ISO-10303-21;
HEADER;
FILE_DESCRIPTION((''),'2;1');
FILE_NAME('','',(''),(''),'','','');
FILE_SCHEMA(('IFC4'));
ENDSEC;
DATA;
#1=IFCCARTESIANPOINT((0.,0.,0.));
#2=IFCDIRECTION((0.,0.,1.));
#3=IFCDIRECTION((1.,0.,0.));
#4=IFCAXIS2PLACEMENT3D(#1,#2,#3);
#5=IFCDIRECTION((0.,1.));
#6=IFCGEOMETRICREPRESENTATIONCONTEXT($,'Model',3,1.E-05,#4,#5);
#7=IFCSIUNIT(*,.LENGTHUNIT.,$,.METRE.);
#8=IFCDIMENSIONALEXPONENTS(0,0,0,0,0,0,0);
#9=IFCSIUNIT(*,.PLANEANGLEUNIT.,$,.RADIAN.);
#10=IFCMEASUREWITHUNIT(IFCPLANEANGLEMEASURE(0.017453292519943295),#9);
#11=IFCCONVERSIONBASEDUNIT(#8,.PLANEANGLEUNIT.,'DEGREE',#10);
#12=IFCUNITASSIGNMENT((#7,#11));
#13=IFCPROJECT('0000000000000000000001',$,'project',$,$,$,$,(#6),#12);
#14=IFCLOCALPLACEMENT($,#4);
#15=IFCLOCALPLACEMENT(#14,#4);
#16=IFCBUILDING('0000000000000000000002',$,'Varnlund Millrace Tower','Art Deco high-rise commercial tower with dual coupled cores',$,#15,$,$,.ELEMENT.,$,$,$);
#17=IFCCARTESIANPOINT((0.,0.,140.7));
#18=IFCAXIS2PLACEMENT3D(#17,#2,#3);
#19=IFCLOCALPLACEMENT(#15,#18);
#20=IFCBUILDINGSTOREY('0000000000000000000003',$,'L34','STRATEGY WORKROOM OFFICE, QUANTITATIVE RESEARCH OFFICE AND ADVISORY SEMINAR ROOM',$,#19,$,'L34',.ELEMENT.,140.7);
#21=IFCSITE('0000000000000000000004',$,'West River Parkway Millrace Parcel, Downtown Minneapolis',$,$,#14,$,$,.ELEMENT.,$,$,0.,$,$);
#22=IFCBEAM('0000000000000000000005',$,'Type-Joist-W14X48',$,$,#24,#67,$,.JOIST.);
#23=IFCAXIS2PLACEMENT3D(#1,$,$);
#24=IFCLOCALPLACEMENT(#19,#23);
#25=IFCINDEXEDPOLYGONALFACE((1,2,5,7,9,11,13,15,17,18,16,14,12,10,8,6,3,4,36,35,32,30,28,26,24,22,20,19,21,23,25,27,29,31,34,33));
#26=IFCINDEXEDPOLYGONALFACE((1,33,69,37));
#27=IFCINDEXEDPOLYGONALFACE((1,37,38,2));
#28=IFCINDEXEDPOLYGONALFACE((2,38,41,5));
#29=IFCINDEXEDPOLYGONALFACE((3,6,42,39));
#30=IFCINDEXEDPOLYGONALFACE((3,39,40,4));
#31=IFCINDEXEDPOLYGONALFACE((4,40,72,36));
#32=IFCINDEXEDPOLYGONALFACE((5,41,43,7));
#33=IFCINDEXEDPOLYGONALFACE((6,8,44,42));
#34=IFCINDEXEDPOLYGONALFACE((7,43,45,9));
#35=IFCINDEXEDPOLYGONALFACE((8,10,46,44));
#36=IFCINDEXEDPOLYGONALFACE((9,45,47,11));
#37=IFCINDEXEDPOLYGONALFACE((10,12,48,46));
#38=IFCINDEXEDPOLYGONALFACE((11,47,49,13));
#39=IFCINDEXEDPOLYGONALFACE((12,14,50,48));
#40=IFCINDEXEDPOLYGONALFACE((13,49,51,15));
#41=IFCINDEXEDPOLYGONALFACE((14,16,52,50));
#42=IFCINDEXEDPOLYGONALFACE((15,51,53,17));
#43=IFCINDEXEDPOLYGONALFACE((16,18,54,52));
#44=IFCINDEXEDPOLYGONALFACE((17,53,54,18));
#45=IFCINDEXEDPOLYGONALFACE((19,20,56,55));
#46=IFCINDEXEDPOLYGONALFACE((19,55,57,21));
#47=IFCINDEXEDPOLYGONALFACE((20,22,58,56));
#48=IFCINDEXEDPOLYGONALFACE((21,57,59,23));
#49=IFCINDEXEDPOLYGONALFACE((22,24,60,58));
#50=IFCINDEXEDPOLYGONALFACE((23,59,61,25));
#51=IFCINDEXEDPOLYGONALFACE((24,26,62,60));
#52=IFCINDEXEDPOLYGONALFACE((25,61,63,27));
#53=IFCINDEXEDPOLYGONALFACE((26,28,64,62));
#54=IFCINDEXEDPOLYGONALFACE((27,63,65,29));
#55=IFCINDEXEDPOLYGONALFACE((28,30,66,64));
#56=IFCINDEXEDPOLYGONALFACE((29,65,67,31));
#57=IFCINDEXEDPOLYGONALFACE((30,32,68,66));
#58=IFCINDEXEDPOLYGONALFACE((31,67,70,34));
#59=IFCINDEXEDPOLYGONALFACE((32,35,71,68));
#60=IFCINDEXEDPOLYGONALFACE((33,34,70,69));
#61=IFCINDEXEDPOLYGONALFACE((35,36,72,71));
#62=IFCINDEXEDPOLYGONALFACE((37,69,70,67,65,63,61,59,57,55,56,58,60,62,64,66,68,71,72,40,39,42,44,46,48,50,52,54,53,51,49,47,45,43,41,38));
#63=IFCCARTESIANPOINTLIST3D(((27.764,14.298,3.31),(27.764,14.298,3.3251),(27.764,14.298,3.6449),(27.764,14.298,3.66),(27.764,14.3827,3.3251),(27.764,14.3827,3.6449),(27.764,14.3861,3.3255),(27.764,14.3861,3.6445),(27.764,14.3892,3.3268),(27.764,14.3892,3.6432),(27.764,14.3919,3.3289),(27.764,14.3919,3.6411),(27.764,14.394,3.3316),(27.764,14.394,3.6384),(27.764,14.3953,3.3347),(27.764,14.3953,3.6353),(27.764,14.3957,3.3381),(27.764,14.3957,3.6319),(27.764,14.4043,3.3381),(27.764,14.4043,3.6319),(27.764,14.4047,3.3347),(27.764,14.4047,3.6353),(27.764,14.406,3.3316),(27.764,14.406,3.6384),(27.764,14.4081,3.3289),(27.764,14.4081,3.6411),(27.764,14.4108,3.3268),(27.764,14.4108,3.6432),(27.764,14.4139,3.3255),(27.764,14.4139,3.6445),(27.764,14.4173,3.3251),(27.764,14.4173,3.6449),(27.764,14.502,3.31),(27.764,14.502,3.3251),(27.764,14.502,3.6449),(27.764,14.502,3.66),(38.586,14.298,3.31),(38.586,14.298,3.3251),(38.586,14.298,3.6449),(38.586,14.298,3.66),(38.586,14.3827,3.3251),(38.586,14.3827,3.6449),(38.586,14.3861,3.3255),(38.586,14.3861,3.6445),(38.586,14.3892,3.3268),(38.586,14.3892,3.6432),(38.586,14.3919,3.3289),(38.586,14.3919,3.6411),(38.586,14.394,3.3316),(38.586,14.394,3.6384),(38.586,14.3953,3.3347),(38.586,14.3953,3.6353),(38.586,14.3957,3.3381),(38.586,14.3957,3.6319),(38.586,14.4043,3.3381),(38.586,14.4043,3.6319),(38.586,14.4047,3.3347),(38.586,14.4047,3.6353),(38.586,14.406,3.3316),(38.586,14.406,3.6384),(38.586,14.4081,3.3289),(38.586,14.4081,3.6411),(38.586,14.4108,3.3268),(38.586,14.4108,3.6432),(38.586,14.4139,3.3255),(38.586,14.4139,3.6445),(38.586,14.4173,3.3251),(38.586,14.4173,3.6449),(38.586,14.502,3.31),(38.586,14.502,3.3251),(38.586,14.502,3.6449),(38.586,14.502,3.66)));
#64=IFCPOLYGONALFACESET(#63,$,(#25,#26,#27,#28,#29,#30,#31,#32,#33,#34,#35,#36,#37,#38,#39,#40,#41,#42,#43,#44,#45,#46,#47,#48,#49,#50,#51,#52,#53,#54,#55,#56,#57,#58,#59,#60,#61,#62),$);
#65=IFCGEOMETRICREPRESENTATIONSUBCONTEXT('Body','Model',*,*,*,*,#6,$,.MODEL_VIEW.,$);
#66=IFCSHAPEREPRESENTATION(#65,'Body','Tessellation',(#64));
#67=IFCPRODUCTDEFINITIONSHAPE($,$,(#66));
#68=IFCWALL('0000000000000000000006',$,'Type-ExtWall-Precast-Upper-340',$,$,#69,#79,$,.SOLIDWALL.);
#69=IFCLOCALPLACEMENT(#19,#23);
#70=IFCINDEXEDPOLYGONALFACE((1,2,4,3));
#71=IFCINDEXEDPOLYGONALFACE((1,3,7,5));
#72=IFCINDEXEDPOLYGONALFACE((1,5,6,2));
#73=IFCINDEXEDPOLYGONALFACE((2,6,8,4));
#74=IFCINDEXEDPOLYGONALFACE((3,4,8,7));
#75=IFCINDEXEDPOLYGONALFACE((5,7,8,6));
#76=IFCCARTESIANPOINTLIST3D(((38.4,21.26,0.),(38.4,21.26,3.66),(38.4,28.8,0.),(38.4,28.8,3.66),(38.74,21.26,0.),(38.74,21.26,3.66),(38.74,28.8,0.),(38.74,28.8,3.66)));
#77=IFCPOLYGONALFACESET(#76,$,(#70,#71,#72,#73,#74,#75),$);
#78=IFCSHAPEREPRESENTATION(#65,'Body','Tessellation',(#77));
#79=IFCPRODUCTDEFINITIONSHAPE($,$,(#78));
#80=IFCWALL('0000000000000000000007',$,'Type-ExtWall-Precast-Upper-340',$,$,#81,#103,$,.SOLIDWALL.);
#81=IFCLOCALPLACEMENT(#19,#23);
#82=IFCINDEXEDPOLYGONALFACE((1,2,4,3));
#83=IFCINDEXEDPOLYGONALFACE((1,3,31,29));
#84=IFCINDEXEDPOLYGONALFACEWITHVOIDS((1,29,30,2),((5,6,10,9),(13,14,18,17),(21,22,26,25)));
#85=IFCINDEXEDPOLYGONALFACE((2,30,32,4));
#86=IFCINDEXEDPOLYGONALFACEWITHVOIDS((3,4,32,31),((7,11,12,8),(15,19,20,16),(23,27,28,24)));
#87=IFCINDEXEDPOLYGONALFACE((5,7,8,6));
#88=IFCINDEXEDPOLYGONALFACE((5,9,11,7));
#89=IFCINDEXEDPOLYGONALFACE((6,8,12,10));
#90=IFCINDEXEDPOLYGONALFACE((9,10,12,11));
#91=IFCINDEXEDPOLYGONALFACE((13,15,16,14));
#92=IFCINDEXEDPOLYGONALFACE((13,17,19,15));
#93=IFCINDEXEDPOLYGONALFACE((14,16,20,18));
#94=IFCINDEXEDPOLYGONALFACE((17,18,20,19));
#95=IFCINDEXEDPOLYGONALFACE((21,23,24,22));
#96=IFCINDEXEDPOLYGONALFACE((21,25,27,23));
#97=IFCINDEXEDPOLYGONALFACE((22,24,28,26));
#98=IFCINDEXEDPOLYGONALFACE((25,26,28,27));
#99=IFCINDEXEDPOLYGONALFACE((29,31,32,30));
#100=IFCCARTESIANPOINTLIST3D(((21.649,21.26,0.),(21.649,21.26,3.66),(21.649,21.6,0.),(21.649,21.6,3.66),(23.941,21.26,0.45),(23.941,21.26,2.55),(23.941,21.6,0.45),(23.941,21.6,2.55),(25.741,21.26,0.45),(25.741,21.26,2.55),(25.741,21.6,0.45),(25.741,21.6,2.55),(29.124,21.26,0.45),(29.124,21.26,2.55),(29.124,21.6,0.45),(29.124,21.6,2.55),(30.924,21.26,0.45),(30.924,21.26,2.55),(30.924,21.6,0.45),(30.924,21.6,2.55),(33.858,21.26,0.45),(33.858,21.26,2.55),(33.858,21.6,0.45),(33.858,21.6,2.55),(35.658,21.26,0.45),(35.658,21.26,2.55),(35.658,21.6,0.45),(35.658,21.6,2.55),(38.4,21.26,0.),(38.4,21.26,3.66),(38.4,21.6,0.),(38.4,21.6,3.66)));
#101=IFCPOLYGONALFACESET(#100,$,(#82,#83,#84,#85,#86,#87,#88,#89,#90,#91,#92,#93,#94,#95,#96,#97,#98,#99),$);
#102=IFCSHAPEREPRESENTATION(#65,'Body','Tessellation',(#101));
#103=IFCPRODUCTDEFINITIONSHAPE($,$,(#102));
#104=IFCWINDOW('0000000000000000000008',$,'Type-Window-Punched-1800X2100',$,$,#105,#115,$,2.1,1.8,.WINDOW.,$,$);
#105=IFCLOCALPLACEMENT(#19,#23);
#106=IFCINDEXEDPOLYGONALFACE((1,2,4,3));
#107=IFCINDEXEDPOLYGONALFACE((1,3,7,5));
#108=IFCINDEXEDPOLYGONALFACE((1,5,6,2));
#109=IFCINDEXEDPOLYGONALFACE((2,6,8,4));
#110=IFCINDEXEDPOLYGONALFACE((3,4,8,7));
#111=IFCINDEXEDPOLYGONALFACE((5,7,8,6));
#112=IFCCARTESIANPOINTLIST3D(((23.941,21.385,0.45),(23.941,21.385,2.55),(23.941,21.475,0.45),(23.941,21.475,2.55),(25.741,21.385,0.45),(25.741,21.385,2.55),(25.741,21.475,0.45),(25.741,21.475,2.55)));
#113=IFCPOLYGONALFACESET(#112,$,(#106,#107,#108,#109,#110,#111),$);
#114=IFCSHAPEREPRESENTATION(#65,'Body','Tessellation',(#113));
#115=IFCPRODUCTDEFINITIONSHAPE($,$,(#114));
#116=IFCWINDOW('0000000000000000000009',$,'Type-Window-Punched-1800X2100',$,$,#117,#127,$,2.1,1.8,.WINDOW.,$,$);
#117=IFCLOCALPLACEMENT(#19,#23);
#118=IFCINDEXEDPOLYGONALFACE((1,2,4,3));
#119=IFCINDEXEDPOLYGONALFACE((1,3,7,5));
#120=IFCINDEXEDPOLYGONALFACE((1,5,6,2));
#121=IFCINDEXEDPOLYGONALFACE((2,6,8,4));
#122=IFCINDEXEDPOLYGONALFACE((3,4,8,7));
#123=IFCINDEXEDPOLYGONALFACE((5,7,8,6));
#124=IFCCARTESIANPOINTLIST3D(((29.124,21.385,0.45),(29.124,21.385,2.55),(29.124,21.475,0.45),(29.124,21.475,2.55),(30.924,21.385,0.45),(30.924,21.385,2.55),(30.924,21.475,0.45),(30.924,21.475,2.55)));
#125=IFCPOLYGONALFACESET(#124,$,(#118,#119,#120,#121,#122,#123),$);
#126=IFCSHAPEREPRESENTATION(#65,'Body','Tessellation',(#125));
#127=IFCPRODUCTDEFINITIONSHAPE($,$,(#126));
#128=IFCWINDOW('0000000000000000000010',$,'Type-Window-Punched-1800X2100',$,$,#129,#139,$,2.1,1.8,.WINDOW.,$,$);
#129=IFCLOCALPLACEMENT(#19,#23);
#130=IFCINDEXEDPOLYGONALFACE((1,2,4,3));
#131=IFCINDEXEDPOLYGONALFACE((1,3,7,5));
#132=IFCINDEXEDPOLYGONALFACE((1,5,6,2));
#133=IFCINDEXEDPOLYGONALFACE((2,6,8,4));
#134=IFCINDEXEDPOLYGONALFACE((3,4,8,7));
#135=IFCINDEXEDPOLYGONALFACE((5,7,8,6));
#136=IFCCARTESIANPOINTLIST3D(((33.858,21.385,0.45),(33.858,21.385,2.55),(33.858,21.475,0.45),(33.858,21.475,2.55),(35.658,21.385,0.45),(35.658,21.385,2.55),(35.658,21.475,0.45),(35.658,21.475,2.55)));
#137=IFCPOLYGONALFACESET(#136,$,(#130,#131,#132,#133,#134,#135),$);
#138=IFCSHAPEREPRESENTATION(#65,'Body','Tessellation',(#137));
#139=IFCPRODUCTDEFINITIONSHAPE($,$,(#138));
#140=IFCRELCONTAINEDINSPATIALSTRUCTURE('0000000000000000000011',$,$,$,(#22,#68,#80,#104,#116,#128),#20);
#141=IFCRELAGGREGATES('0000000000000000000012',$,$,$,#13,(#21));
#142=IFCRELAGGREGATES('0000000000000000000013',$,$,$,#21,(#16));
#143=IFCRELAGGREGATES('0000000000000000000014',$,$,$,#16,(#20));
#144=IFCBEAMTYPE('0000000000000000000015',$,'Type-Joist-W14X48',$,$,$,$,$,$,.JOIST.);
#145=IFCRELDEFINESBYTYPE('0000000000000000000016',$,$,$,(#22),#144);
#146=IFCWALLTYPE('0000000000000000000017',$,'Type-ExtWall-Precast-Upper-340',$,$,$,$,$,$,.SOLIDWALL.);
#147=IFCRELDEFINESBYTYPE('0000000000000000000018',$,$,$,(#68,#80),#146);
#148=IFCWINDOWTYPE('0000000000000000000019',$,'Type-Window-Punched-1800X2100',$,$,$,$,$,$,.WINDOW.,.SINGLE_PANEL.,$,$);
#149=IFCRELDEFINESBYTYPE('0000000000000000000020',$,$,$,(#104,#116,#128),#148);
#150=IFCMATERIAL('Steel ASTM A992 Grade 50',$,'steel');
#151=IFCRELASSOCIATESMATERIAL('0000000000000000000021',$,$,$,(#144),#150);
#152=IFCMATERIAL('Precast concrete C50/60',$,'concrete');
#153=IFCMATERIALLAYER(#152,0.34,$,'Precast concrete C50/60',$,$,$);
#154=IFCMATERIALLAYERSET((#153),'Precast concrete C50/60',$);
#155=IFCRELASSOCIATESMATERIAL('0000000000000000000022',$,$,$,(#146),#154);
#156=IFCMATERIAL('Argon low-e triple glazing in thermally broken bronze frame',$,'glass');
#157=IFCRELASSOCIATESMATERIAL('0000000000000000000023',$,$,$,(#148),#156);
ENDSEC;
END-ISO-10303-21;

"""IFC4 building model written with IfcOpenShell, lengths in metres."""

from ifc_helpers import new_model, entity, si_unit, converted_unit, direction, frame, origin_with_axes, origin_2d_with_axis, place, context, subcontext, project, spatial, polyline, rectangle, i_section, outline, extrude, material, layer, layer_set, material_profile, profile_set, type_object, element, fill, save


model = new_model("IFC4")

# Units and contexts
model_context = context("Model", 3, precision=1e-05, world=origin_with_axes(), true_north=direction((0.0, 1.0)))
body_context = subcontext(model_context, "Body", "Model", "MODEL_VIEW")
ifc_project = project(units=[si_unit("LENGTHUNIT", "METRE"), converted_unit("PLANEANGLEUNIT", "DEGREE", entity("IfcPlaneAngleMeasure", 0.017453292519943295), si_unit("PLANEANGLEUNIT", "RADIAN"), dimensions=[0, 0, 0, 0, 0, 0, 0])], contexts=[model_context])

# Site, building, storey
site_placement = place(None, origin_with_axes())
site = spatial("IfcSite", under=ifc_project, at=site_placement, Name="West River Parkway Millrace Parcel, Downtown Minneapolis", CompositionType="ELEMENT", RefElevation=0.0)
building_placement = place(site_placement, origin_with_axes())
building = spatial("IfcBuilding", under=site, at=building_placement, Name="Varnlund Millrace Tower", Description="Art Deco high-rise commercial tower with dual coupled cores", CompositionType="ELEMENT")
storey_placement = place(building_placement, frame((0.0, 0.0, 140.7), z_axis=(0.0, 0.0, 1.0), x_axis=(1.0, 0.0, 0.0)))
storey = spatial("IfcBuildingStorey", under=building, at=storey_placement, Name="L34", Description="STRATEGY WORKROOM OFFICE, QUANTITATIVE RESEARCH OFFICE AND ADVISORY SEMINAR ROOM", LongName="L34", CompositionType="ELEMENT", Elevation=140.7)

# Beam
ifc_material_1 = material(Name="Steel ASTM A992 Grade 50", Category="steel")
ifc_material_profile_1 = material_profile(ifc_material_1, i_section(OverallWidth=0.204, OverallDepth=0.35, WebThickness=0.0086, FlangeThickness=0.0151, FilletRadius=0.013, at=origin_2d_with_axis()), Name="Steel ASTM A992 Grade 50")
ifc_profile_set_1 = profile_set([ifc_material_profile_1], Name="Steel ASTM A992 Grade 50")
beam_type_1 = type_object("IfcBeamType", Name="Type-Joist-W14X48", PredefinedType="JOIST", material=ifc_profile_set_1)
beam_1_placement = place(storey_placement, frame((27.764, 14.4, 3.485), z_axis=(1.0, 0.0, 0.0), x_axis=(0.0, 1.0, 0.0)))
element("IfcBeam", 1, at=beam_1_placement, inside=storey, type_object=beam_type_1, Name="Type-Joist-W14X48", PredefinedType="JOIST", context=body_context, shape_type="SweptSolid", body=[
    extrude(i_section(OverallWidth=0.204, OverallDepth=0.35, WebThickness=0.0086, FlangeThickness=0.0151, FilletRadius=0.013, at=origin_2d_with_axis()), origin_with_axes(), (0.0, 0.0, 1.0), 10.822),
])

# Wall
ifc_material_2 = material(Name="Precast concrete C50/60", Category="concrete")
ifc_layer = layer(ifc_material_2, 0.34, Name="Precast concrete C50/60")
ifc_layer_set = layer_set([ifc_layer], Name="Precast concrete C50/60")
wall_type = type_object("IfcWallType", Name="Type-ExtWall-Precast-Upper-340", PredefinedType="SOLIDWALL", material=ifc_layer_set)
wall_1_placement = place(storey_placement, frame((38.57, 21.26, 0.0), z_axis=(0.0, 0.0, 1.0), x_axis=(0.0, 1.0, 0.0)))
element("IfcWall", 2, at=wall_1_placement, inside=storey, type_object=wall_type, Name="Type-ExtWall-Precast-Upper-340", PredefinedType="SOLIDWALL", context=body_context, shape_type="SweptSolid", body=[
    extrude(outline(polyline([(0.0, -0.17), (7.54, -0.17), (7.54, 0.17), (0.0, 0.17), (0.0, -0.17)])), origin_with_axes(), (0.0, 0.0, 1.0), 3.66),
])

# Wall, openings, windows
wall_2_placement = place(storey_placement, frame((21.649, 21.43, 0.0), z_axis=(0.0, 0.0, 1.0), x_axis=(1.0, 0.0, 0.0)))
wall_2 = element("IfcWall", 3, at=wall_2_placement, inside=storey, type_object=wall_type, Name="Type-ExtWall-Precast-Upper-340", PredefinedType="SOLIDWALL", context=body_context, shape_type="SweptSolid", body=[
    extrude(outline(polyline([(0.0, -0.17), (16.751, -0.17), (16.751, 0.17), (0.0, 0.17), (0.0, -0.17)])), origin_with_axes(), (0.0, 0.0, 1.0), 3.66),
])
opening_1_placement = place(wall_2_placement, frame((3.192, 0.0, 0.45), z_axis=(0.0, 0.0, 1.0), x_axis=(1.0, 0.0, 0.0)))
opening_1 = element("IfcOpeningElement", 4, at=opening_1_placement, cuts=wall_2, PredefinedType="OPENING", context=body_context, shape_type="SweptSolid", body=[
    extrude(rectangle(XDim=1.8, YDim=0.36, at=origin_2d_with_axis()), origin_with_axes(), (0.0, 0.0, 1.0), 2.1),
])
opening_2_placement = place(wall_2_placement, frame((8.375, 0.0, 0.45), z_axis=(0.0, 0.0, 1.0), x_axis=(1.0, 0.0, 0.0)))
opening_2 = element("IfcOpeningElement", 5, at=opening_2_placement, cuts=wall_2, PredefinedType="OPENING", context=body_context, shape_type="SweptSolid", body=[
    extrude(rectangle(XDim=1.8, YDim=0.36, at=origin_2d_with_axis()), origin_with_axes(), (0.0, 0.0, 1.0), 2.1),
])
opening_3_placement = place(wall_2_placement, frame((13.109, 0.0, 0.45), z_axis=(0.0, 0.0, 1.0), x_axis=(1.0, 0.0, 0.0)))
opening_3 = element("IfcOpeningElement", 6, at=opening_3_placement, cuts=wall_2, PredefinedType="OPENING", context=body_context, shape_type="SweptSolid", body=[
    extrude(rectangle(XDim=1.8, YDim=0.36, at=origin_2d_with_axis()), origin_with_axes(), (0.0, 0.0, 1.0), 2.1),
])
ifc_material_3 = material(Name="Argon low-e triple glazing in thermally broken bronze frame", Category="glass")
window_type = type_object("IfcWindowType", Name="Type-Window-Punched-1800X2100", PartitioningType="SINGLE_PANEL", PredefinedType="WINDOW", material=ifc_material_3)
window_1_placement = place(wall_2_placement, frame((3.192, 0.0, 0.45), z_axis=(0.0, 0.0, 1.0), x_axis=(1.0, 0.0, 0.0)))
window_1 = element("IfcWindow", 7, at=window_1_placement, inside=storey, type_object=window_type, Name="Type-Window-Punched-1800X2100", OverallHeight=2.1, OverallWidth=1.8, PredefinedType="WINDOW", context=body_context, shape_type="SweptSolid", body=[
    extrude(rectangle(XDim=1.8, YDim=0.09, at=origin_2d_with_axis()), origin_with_axes(), (0.0, 0.0, 1.0), 2.1),
])
fill(opening_1, window_1)
window_2_placement = place(wall_2_placement, frame((8.375, 0.0, 0.45), z_axis=(0.0, 0.0, 1.0), x_axis=(1.0, 0.0, 0.0)))
window_2 = element("IfcWindow", 8, at=window_2_placement, inside=storey, type_object=window_type, Name="Type-Window-Punched-1800X2100", OverallHeight=2.1, OverallWidth=1.8, PredefinedType="WINDOW", context=body_context, shape_type="SweptSolid", body=[
    extrude(rectangle(XDim=1.8, YDim=0.09, at=origin_2d_with_axis()), origin_with_axes(), (0.0, 0.0, 1.0), 2.1),
])
fill(opening_2, window_2)
window_3_placement = place(wall_2_placement, frame((13.109, 0.0, 0.45), z_axis=(0.0, 0.0, 1.0), x_axis=(1.0, 0.0, 0.0)))
window_3 = element("IfcWindow", 9, at=window_3_placement, inside=storey, type_object=window_type, Name="Type-Window-Punched-1800X2100", OverallHeight=2.1, OverallWidth=1.8, PredefinedType="WINDOW", context=body_context, shape_type="SweptSolid", body=[
    extrude(rectangle(XDim=1.8, YDim=0.09, at=origin_2d_with_axis()), origin_with_axes(), (0.0, 0.0, 1.0), 2.1),
])
fill(opening_3, window_3)

save(model, "model.ifc")
